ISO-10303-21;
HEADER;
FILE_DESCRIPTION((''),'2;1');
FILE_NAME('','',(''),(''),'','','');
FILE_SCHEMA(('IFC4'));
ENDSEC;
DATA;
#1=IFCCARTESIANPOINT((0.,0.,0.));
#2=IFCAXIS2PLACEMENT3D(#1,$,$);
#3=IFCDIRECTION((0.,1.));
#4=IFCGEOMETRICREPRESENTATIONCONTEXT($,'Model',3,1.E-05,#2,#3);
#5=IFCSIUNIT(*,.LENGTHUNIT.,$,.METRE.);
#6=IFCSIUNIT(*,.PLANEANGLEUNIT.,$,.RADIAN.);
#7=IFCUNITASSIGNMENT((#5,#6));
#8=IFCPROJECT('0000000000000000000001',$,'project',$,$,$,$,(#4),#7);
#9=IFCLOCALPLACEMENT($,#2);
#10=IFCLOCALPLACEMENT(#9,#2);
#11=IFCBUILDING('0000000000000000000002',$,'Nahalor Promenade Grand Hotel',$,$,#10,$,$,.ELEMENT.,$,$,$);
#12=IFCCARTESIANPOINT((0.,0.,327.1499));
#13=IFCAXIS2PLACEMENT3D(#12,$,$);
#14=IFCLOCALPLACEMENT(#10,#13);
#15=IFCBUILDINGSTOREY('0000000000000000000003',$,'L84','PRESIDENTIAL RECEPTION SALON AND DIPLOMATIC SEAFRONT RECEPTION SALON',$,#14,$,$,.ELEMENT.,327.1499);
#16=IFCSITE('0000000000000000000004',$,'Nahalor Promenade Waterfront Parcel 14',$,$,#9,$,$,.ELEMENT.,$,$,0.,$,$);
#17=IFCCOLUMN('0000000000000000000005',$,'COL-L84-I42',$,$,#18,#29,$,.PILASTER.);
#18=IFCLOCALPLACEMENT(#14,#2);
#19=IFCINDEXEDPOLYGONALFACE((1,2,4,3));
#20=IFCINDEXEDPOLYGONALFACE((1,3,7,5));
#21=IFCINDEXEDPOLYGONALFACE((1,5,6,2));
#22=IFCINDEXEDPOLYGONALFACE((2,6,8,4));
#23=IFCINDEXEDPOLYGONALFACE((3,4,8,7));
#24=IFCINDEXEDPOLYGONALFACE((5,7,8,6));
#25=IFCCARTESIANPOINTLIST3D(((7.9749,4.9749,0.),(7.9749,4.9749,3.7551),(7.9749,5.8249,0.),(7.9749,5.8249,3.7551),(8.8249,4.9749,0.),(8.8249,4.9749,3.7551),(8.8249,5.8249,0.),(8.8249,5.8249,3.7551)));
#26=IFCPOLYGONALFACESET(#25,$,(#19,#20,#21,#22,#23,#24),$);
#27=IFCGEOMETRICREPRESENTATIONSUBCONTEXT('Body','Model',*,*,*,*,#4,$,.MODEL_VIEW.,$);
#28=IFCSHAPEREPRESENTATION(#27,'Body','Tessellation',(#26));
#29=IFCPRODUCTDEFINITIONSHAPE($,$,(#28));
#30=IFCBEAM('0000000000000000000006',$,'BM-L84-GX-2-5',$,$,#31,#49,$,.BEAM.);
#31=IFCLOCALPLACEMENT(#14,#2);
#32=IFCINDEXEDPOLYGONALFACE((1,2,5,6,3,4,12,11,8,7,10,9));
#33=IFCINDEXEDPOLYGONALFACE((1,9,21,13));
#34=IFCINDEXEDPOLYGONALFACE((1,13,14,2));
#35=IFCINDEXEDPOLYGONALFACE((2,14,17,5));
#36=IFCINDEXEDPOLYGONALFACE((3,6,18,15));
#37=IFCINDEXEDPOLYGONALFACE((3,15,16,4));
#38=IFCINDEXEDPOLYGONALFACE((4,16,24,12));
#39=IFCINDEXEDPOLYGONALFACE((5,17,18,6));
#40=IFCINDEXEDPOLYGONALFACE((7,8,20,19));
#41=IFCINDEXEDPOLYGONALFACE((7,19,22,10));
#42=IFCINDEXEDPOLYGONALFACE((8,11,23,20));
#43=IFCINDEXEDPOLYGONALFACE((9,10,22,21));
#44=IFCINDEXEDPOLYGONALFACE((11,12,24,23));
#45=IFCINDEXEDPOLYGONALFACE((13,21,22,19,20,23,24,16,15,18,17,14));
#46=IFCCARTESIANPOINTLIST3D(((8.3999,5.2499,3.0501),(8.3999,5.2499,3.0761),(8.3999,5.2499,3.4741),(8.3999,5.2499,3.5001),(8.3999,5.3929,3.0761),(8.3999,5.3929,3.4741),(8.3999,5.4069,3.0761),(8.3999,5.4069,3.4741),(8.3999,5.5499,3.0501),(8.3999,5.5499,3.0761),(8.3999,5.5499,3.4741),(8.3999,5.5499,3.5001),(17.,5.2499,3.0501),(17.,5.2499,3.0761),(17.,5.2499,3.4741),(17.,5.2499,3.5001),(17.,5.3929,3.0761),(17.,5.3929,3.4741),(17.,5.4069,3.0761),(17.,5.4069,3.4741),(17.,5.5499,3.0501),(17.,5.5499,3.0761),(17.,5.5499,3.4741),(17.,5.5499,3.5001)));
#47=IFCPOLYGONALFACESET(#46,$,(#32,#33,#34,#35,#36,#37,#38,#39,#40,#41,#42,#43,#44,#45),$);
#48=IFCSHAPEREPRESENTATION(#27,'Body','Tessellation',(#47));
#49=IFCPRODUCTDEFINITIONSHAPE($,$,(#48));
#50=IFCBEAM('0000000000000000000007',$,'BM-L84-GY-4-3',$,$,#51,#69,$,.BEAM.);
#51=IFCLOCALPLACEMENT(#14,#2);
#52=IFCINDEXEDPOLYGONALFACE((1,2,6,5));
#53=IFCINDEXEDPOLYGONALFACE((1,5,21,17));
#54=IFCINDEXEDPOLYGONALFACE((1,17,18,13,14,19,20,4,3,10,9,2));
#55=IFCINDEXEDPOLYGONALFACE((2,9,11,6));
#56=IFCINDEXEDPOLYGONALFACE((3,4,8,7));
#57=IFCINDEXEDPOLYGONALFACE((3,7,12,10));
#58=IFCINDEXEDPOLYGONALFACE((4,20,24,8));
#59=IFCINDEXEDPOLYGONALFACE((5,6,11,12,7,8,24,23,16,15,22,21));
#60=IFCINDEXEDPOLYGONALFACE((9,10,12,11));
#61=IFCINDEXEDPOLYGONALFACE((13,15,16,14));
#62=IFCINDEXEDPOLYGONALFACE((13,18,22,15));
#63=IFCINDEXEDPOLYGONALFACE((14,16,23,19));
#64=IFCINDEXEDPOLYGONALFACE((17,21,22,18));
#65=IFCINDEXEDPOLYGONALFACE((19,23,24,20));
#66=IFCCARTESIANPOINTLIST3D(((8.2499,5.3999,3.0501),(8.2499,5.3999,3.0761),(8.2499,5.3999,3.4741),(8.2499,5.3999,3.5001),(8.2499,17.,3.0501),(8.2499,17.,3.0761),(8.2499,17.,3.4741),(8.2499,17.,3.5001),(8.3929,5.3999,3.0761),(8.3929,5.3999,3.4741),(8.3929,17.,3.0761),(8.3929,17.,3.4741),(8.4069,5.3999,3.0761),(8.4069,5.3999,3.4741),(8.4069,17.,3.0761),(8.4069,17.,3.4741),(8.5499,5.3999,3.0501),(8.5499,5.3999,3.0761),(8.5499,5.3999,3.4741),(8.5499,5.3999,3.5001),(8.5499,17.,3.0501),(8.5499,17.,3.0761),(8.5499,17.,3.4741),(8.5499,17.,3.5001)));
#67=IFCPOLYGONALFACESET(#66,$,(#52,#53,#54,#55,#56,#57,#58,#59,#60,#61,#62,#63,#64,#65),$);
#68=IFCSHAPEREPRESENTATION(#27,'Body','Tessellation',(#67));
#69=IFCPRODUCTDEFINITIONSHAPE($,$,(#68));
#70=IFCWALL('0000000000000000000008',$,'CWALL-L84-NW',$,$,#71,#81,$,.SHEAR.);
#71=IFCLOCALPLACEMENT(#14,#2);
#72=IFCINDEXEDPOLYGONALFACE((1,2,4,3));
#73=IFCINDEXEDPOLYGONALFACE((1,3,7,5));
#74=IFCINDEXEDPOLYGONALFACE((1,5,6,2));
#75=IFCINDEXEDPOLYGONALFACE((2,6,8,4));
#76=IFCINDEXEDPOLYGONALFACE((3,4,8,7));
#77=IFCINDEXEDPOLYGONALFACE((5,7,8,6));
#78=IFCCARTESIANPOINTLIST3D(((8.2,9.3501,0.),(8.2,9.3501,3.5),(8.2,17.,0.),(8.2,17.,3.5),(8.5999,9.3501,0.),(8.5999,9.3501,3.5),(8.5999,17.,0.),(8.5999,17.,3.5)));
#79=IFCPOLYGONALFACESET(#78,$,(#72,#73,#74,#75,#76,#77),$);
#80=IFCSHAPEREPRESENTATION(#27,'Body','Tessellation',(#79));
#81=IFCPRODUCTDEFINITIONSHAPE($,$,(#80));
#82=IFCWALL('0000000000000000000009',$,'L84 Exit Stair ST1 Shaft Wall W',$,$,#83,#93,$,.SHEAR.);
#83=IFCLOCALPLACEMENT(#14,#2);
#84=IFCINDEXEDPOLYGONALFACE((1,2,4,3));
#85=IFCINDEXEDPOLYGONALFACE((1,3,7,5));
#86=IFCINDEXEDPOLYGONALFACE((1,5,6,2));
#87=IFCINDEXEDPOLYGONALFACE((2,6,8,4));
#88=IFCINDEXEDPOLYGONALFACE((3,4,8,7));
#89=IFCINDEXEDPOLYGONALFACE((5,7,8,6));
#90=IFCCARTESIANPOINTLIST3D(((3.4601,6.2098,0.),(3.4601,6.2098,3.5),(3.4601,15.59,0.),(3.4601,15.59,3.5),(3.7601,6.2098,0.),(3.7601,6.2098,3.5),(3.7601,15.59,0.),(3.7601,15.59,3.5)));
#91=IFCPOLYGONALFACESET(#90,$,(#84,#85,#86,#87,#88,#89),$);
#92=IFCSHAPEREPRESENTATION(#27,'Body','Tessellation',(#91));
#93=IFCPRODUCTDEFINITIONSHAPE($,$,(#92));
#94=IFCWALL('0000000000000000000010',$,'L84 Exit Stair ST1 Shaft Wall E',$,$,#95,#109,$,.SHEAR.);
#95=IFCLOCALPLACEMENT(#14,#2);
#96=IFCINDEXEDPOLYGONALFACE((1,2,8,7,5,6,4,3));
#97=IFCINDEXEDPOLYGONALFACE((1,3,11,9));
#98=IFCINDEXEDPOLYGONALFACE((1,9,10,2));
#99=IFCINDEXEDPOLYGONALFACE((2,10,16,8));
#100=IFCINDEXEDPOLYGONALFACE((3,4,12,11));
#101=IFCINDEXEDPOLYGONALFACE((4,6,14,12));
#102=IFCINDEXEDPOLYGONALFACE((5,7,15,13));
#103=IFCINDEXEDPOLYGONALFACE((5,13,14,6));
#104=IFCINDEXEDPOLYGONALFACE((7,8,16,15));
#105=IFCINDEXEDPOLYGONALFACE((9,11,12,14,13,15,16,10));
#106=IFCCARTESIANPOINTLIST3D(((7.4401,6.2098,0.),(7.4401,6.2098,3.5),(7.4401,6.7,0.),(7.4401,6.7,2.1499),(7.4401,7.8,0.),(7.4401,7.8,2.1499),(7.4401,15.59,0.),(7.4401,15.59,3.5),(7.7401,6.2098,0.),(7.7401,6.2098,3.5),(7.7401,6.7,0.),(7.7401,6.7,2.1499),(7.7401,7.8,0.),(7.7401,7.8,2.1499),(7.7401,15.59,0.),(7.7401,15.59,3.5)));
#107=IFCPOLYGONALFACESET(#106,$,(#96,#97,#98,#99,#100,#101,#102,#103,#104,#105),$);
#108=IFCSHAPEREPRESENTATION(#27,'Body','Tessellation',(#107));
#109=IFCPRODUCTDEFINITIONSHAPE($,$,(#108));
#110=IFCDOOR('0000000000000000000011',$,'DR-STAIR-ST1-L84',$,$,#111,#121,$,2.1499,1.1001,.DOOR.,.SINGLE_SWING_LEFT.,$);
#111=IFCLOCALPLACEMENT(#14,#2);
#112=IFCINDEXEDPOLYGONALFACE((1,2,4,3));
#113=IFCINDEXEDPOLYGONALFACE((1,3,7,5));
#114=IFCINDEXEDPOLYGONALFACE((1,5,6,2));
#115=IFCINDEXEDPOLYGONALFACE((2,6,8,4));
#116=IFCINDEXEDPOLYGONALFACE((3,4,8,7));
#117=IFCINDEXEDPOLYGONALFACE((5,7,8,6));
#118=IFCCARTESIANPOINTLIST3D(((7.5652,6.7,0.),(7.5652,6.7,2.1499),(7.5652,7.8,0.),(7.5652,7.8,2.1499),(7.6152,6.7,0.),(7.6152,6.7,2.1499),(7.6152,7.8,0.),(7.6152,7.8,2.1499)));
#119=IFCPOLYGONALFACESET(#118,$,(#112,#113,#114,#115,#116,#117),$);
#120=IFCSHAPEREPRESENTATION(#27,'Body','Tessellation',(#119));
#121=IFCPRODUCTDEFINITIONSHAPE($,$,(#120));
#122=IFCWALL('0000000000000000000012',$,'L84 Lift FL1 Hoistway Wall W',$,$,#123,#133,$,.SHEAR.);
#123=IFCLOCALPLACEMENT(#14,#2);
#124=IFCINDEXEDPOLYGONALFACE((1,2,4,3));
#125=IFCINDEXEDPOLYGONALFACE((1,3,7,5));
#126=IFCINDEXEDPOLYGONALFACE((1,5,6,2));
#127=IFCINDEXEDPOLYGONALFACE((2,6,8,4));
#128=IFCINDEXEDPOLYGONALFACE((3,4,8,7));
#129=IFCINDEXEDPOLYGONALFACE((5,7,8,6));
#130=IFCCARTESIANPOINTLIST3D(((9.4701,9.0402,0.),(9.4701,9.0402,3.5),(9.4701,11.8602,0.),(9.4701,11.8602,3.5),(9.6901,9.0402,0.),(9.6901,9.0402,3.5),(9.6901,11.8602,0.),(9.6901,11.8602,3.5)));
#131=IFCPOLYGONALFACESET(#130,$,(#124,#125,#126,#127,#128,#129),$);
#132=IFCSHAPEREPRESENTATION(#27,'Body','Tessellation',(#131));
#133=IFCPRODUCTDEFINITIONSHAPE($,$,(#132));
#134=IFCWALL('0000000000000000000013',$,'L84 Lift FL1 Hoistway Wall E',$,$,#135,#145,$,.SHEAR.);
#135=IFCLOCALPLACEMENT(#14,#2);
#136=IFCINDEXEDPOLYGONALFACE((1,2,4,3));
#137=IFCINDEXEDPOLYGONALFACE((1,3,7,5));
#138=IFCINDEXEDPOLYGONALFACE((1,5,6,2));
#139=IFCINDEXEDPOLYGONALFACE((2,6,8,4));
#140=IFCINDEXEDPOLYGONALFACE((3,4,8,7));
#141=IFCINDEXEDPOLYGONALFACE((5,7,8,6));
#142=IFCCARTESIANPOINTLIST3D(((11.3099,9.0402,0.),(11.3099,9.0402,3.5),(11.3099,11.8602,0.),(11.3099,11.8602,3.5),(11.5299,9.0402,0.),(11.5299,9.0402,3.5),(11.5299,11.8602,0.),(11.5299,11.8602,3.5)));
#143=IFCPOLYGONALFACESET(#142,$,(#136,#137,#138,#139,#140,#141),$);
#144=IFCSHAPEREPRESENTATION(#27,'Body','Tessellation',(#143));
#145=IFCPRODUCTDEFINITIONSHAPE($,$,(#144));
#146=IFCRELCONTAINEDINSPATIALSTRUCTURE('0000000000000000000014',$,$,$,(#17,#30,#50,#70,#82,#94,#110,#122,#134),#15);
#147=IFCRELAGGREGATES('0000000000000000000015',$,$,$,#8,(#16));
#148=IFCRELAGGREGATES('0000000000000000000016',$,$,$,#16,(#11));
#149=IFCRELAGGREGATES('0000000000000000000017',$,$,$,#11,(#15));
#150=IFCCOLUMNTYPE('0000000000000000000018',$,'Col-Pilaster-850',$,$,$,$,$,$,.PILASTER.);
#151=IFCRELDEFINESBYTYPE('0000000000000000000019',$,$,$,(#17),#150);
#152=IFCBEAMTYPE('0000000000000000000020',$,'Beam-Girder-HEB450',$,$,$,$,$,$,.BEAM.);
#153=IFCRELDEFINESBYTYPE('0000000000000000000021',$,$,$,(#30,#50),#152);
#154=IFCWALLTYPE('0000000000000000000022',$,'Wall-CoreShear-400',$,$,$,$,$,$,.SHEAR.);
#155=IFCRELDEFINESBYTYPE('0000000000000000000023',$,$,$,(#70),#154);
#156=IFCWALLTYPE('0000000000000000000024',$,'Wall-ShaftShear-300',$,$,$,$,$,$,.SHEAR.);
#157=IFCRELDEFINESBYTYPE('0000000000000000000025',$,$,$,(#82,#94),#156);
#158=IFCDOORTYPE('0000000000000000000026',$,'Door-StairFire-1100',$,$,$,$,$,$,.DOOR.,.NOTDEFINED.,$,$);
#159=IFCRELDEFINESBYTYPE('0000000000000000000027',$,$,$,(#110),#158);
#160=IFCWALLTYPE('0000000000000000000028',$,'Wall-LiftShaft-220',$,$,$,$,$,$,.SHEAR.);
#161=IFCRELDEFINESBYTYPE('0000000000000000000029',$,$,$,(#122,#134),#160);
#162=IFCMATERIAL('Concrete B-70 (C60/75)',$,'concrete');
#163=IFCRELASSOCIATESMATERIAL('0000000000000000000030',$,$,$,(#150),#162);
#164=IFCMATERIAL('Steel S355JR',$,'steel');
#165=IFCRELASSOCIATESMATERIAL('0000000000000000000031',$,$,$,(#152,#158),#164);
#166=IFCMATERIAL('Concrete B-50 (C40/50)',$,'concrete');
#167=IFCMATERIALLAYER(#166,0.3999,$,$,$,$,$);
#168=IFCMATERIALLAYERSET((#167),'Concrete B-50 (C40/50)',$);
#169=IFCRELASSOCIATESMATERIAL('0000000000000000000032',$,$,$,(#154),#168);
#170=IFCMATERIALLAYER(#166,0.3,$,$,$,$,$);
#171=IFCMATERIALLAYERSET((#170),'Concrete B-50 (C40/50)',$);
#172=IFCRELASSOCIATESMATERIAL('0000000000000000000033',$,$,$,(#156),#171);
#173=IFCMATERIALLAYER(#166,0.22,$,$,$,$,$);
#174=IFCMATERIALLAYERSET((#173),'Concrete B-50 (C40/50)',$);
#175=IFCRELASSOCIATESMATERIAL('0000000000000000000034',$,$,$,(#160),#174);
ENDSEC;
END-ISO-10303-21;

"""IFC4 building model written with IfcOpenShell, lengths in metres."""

from ifc_helpers import new_model, si_unit, direction, frame, frame_2d, origin, origin_2d, place, context, subcontext, project, spatial, rectangle, i_section, extrude, source, transform, mapped, material, layer, layer_set, material_profile, profile_set, type_object, element, fill, save


model = new_model("IFC4")

# Units and contexts
model_context = context("Model", 3, precision=1e-05, world=origin(), true_north=direction((0.0, 1.0)))
body_context = subcontext(model_context, "Body", "Model", "MODEL_VIEW")
ifc_project = project(units=[si_unit("LENGTHUNIT", "METRE"), si_unit("PLANEANGLEUNIT", "RADIAN")], contexts=[model_context])

# Site, building, storey
site_placement = place(None, origin())
site = spatial("IfcSite", under=ifc_project, at=site_placement, Name="Nahalor Promenade Waterfront Parcel 14", CompositionType="ELEMENT", RefElevation=0.0)
building_placement = place(site_placement, origin())
building = spatial("IfcBuilding", under=site, at=building_placement, Name="Nahalor Promenade Grand Hotel", CompositionType="ELEMENT")
storey_placement = place(building_placement, frame((0.0, 0.0, 327.1499)))
storey = spatial("IfcBuildingStorey", under=building, at=storey_placement, Name="L84", Description="PRESIDENTIAL RECEPTION SALON AND DIPLOMATIC SEAFRONT RECEPTION SALON", CompositionType="ELEMENT", Elevation=327.1499)

# Column
ifc_material_1 = material(Name="Concrete B-70 (C60/75)", Category="concrete")
ifc_material_profile_1 = material_profile(ifc_material_1, rectangle(XDim=0.85, YDim=0.85, at=origin_2d()), Name="RC 850x850")
ifc_profile_set_1 = profile_set([ifc_material_profile_1], Name="Concrete B-70 (C60/75)")
column_type = type_object("IfcColumnType", Name="Col-Pilaster-850", PredefinedType="PILASTER", material=ifc_profile_set_1)
shared_shape_1 = source(origin(), body_context, "Body", "SweptSolid", [
    extrude(rectangle(XDim=0.85, YDim=0.85, at=origin_2d()), origin(), (0.0, 0.0, 1.0), 3.7551),
])
column_placement = place(storey_placement, frame((8.3999, 5.3999, 0.0), z_axis=(0.0, 0.0, 1.0), x_axis=(1.0, 0.0, 0.0)))
element("IfcColumn", 1, at=column_placement, inside=storey, type_object=column_type, Name="COL-L84-I42", PredefinedType="PILASTER", context=body_context, shape_type="MappedRepresentation", body=[
    mapped(shared_shape_1, transform((0.0, 0.0, 0.0), scale=1.0)),
])

# Beams
ifc_material_2 = material(Name="Steel S355JR", Category="steel")
ifc_material_profile_2 = material_profile(ifc_material_2, i_section(OverallWidth=0.3, OverallDepth=0.45, WebThickness=0.014, FlangeThickness=0.026, at=origin_2d()), Name="HEB 450")
ifc_profile_set_2 = profile_set([ifc_material_profile_2], Name="Steel S355JR")
beam_type = type_object("IfcBeamType", Name="Beam-Girder-HEB450", PredefinedType="BEAM", material=ifc_profile_set_2)
shared_shape_2 = source(origin(), body_context, "Body", "SweptSolid", [
    extrude(i_section(OverallWidth=0.3, OverallDepth=0.45, WebThickness=0.014, FlangeThickness=0.026, at=origin_2d()), origin(), (0.0, 0.0, 1.0), 8.6001),
])
beam_1_placement = place(storey_placement, frame((8.3999, 5.3999, 3.2751), z_axis=(1.0, 0.0, 0.0), x_axis=(0.0, 1.0, 0.0)))
element("IfcBeam", 2, at=beam_1_placement, inside=storey, type_object=beam_type, Name="BM-L84-GX-2-5", PredefinedType="BEAM", context=body_context, shape_type="MappedRepresentation", body=[
    mapped(shared_shape_2, transform((0.0, 0.0, 0.0), scale=1.0)),
])
shared_shape_3 = source(origin(), body_context, "Body", "SweptSolid", [
    extrude(i_section(OverallWidth=0.3, OverallDepth=0.45, WebThickness=0.014, FlangeThickness=0.026, at=origin_2d()), origin(), (0.0, 0.0, 1.0), 11.6001),
])
beam_2_placement = place(storey_placement, frame((8.3999, 5.3999, 3.2751), z_axis=(0.0, 1.0, 0.0), x_axis=(-1.0, 0.0, 0.0)))
element("IfcBeam", 3, at=beam_2_placement, inside=storey, type_object=beam_type, Name="BM-L84-GY-4-3", PredefinedType="BEAM", context=body_context, shape_type="MappedRepresentation", body=[
    mapped(shared_shape_3, transform((0.0, 0.0, 0.0), scale=1.0)),
])

# Walls
ifc_material_3 = material(Name="Concrete B-50 (C40/50)", Category="concrete")
ifc_layer_1 = layer(ifc_material_3, 0.3999)
ifc_layer_set_1 = layer_set([ifc_layer_1], Name="Concrete B-50 (C40/50)")
wall_type_1 = type_object("IfcWallType", Name="Wall-CoreShear-400", PredefinedType="SHEAR", material=ifc_layer_set_1)
shared_shape_4 = source(origin(), body_context, "Body", "SweptSolid", [
    extrude(rectangle(XDim=7.6499, YDim=0.3999, at=frame_2d((3.825, 0.0))), origin(), (0.0, 0.0, 1.0), 3.5),
])
wall_1_placement = place(storey_placement, frame((8.3999, 9.3501, 0.0), z_axis=(0.0, 0.0, 1.0), x_axis=(0.0, 1.0, 0.0)))
element("IfcWall", 4, at=wall_1_placement, inside=storey, type_object=wall_type_1, Name="CWALL-L84-NW", PredefinedType="SHEAR", context=body_context, shape_type="MappedRepresentation", body=[
    mapped(shared_shape_4, transform((0.0, 0.0, 0.0), scale=1.0)),
])
ifc_layer_2 = layer(ifc_material_3, 0.3)
ifc_layer_set_2 = layer_set([ifc_layer_2], Name="Concrete B-50 (C40/50)")
wall_type_2 = type_object("IfcWallType", Name="Wall-ShaftShear-300", PredefinedType="SHEAR", material=ifc_layer_set_2)
shared_shape_5 = source(origin(), body_context, "Body", "SweptSolid", [
    extrude(rectangle(XDim=9.3801, YDim=0.3, at=frame_2d((4.6899, 0.0))), origin(), (0.0, 0.0, 1.0), 3.5),
])
wall_2_placement = place(storey_placement, frame((3.6101, 6.21, 0.0), z_axis=(0.0, 0.0, 1.0), x_axis=(0.0, 1.0, 0.0)))
element("IfcWall", 5, at=wall_2_placement, inside=storey, type_object=wall_type_2, Name="L84 Exit Stair ST1 Shaft Wall W", PredefinedType="SHEAR", context=body_context, shape_type="MappedRepresentation", body=[
    mapped(shared_shape_5, transform((0.0, 0.0, 0.0), scale=1.0)),
])

# Wall, opening, door
wall_3_placement = place(storey_placement, frame((7.5901, 6.21, 0.0), z_axis=(0.0, 0.0, 1.0), x_axis=(0.0, 1.0, 0.0)))
wall_3 = element("IfcWall", 6, at=wall_3_placement, inside=storey, type_object=wall_type_2, Name="L84 Exit Stair ST1 Shaft Wall E", PredefinedType="SHEAR", context=body_context, shape_type="MappedRepresentation", body=[
    mapped(shared_shape_5, transform((0.0, 0.0, 0.0), scale=1.0)),
])
opening_1_placement = place(wall_3_placement, frame((0.49, 0.0, 0.0)))
opening_1 = element("IfcOpeningElement", 7, at=opening_1_placement, cuts=wall_3, PredefinedType="OPENING", context=body_context, shape_type="SweptSolid", body=[
    extrude(rectangle(XDim=1.1001, YDim=2.1499, at=frame_2d((0.55, 1.075))), frame((0.0, 0.1599, 0.0), z_axis=(0.0, -1.0, 0.0), x_axis=(1.0, 0.0, 0.0)), (0.0, 0.0, 1.0), 0.3201),
])
door_type_1 = type_object("IfcDoorType", Name="Door-StairFire-1100", OperationType="NOTDEFINED", PredefinedType="DOOR", material=ifc_material_2)
shared_shape_6 = source(origin(), body_context, "Body", "SweptSolid", [
    extrude(rectangle(XDim=1.1001, YDim=2.1499, at=frame_2d((0.55, 1.075))), frame((0.0, 0.0249, 0.0), z_axis=(0.0, -1.0, 0.0), x_axis=(1.0, 0.0, 0.0)), (0.0, 0.0, 1.0), 0.05),
])
door_1_placement = place(opening_1_placement, origin())
door_1 = element("IfcDoor", 8, at=door_1_placement, inside=storey, type_object=door_type_1, Name="DR-STAIR-ST1-L84", OperationType="SINGLE_SWING_LEFT", OverallHeight=2.1499, OverallWidth=1.1001, PredefinedType="DOOR", context=body_context, shape_type="MappedRepresentation", body=[
    mapped(shared_shape_6, transform((0.0, 0.0, 0.0), scale=1.0)),
])
fill(opening_1, door_1)

# Walls
ifc_layer_3 = layer(ifc_material_3, 0.22)
ifc_layer_set_3 = layer_set([ifc_layer_3], Name="Concrete B-50 (C40/50)")
wall_type_3 = type_object("IfcWallType", Name="Wall-LiftShaft-220", PredefinedType="SHEAR", material=ifc_layer_set_3)
shared_shape_7 = source(origin(), body_context, "Body", "SweptSolid", [
    extrude(rectangle(XDim=2.8201, YDim=0.22, at=frame_2d((1.4102, 0.0))), origin(), (0.0, 0.0, 1.0), 3.5),
])
for number, where, z_axis, x_axis, name in (
    (9, (9.5801, 9.04, 0.0), (0.0, 0.0, 1.0), (0.0, 1.0, 0.0), "L84 Lift FL1 Hoistway Wall W"),
    (10, (11.4199, 9.04, 0.0), (0.0, 0.0, 1.0), (0.0, 1.0, 0.0), "L84 Lift FL1 Hoistway Wall E"),
):
    element("IfcWall", number, at=place(storey_placement, frame(where, z_axis=z_axis, x_axis=x_axis)), inside=storey, type_object=wall_type_3, Name=name, PredefinedType="SHEAR", context=body_context, shape_type="MappedRepresentation", body=[
        mapped(shared_shape_7, transform((0.0, 0.0, 0.0), scale=1.0)),
    ])

save(model, "model.ifc")
